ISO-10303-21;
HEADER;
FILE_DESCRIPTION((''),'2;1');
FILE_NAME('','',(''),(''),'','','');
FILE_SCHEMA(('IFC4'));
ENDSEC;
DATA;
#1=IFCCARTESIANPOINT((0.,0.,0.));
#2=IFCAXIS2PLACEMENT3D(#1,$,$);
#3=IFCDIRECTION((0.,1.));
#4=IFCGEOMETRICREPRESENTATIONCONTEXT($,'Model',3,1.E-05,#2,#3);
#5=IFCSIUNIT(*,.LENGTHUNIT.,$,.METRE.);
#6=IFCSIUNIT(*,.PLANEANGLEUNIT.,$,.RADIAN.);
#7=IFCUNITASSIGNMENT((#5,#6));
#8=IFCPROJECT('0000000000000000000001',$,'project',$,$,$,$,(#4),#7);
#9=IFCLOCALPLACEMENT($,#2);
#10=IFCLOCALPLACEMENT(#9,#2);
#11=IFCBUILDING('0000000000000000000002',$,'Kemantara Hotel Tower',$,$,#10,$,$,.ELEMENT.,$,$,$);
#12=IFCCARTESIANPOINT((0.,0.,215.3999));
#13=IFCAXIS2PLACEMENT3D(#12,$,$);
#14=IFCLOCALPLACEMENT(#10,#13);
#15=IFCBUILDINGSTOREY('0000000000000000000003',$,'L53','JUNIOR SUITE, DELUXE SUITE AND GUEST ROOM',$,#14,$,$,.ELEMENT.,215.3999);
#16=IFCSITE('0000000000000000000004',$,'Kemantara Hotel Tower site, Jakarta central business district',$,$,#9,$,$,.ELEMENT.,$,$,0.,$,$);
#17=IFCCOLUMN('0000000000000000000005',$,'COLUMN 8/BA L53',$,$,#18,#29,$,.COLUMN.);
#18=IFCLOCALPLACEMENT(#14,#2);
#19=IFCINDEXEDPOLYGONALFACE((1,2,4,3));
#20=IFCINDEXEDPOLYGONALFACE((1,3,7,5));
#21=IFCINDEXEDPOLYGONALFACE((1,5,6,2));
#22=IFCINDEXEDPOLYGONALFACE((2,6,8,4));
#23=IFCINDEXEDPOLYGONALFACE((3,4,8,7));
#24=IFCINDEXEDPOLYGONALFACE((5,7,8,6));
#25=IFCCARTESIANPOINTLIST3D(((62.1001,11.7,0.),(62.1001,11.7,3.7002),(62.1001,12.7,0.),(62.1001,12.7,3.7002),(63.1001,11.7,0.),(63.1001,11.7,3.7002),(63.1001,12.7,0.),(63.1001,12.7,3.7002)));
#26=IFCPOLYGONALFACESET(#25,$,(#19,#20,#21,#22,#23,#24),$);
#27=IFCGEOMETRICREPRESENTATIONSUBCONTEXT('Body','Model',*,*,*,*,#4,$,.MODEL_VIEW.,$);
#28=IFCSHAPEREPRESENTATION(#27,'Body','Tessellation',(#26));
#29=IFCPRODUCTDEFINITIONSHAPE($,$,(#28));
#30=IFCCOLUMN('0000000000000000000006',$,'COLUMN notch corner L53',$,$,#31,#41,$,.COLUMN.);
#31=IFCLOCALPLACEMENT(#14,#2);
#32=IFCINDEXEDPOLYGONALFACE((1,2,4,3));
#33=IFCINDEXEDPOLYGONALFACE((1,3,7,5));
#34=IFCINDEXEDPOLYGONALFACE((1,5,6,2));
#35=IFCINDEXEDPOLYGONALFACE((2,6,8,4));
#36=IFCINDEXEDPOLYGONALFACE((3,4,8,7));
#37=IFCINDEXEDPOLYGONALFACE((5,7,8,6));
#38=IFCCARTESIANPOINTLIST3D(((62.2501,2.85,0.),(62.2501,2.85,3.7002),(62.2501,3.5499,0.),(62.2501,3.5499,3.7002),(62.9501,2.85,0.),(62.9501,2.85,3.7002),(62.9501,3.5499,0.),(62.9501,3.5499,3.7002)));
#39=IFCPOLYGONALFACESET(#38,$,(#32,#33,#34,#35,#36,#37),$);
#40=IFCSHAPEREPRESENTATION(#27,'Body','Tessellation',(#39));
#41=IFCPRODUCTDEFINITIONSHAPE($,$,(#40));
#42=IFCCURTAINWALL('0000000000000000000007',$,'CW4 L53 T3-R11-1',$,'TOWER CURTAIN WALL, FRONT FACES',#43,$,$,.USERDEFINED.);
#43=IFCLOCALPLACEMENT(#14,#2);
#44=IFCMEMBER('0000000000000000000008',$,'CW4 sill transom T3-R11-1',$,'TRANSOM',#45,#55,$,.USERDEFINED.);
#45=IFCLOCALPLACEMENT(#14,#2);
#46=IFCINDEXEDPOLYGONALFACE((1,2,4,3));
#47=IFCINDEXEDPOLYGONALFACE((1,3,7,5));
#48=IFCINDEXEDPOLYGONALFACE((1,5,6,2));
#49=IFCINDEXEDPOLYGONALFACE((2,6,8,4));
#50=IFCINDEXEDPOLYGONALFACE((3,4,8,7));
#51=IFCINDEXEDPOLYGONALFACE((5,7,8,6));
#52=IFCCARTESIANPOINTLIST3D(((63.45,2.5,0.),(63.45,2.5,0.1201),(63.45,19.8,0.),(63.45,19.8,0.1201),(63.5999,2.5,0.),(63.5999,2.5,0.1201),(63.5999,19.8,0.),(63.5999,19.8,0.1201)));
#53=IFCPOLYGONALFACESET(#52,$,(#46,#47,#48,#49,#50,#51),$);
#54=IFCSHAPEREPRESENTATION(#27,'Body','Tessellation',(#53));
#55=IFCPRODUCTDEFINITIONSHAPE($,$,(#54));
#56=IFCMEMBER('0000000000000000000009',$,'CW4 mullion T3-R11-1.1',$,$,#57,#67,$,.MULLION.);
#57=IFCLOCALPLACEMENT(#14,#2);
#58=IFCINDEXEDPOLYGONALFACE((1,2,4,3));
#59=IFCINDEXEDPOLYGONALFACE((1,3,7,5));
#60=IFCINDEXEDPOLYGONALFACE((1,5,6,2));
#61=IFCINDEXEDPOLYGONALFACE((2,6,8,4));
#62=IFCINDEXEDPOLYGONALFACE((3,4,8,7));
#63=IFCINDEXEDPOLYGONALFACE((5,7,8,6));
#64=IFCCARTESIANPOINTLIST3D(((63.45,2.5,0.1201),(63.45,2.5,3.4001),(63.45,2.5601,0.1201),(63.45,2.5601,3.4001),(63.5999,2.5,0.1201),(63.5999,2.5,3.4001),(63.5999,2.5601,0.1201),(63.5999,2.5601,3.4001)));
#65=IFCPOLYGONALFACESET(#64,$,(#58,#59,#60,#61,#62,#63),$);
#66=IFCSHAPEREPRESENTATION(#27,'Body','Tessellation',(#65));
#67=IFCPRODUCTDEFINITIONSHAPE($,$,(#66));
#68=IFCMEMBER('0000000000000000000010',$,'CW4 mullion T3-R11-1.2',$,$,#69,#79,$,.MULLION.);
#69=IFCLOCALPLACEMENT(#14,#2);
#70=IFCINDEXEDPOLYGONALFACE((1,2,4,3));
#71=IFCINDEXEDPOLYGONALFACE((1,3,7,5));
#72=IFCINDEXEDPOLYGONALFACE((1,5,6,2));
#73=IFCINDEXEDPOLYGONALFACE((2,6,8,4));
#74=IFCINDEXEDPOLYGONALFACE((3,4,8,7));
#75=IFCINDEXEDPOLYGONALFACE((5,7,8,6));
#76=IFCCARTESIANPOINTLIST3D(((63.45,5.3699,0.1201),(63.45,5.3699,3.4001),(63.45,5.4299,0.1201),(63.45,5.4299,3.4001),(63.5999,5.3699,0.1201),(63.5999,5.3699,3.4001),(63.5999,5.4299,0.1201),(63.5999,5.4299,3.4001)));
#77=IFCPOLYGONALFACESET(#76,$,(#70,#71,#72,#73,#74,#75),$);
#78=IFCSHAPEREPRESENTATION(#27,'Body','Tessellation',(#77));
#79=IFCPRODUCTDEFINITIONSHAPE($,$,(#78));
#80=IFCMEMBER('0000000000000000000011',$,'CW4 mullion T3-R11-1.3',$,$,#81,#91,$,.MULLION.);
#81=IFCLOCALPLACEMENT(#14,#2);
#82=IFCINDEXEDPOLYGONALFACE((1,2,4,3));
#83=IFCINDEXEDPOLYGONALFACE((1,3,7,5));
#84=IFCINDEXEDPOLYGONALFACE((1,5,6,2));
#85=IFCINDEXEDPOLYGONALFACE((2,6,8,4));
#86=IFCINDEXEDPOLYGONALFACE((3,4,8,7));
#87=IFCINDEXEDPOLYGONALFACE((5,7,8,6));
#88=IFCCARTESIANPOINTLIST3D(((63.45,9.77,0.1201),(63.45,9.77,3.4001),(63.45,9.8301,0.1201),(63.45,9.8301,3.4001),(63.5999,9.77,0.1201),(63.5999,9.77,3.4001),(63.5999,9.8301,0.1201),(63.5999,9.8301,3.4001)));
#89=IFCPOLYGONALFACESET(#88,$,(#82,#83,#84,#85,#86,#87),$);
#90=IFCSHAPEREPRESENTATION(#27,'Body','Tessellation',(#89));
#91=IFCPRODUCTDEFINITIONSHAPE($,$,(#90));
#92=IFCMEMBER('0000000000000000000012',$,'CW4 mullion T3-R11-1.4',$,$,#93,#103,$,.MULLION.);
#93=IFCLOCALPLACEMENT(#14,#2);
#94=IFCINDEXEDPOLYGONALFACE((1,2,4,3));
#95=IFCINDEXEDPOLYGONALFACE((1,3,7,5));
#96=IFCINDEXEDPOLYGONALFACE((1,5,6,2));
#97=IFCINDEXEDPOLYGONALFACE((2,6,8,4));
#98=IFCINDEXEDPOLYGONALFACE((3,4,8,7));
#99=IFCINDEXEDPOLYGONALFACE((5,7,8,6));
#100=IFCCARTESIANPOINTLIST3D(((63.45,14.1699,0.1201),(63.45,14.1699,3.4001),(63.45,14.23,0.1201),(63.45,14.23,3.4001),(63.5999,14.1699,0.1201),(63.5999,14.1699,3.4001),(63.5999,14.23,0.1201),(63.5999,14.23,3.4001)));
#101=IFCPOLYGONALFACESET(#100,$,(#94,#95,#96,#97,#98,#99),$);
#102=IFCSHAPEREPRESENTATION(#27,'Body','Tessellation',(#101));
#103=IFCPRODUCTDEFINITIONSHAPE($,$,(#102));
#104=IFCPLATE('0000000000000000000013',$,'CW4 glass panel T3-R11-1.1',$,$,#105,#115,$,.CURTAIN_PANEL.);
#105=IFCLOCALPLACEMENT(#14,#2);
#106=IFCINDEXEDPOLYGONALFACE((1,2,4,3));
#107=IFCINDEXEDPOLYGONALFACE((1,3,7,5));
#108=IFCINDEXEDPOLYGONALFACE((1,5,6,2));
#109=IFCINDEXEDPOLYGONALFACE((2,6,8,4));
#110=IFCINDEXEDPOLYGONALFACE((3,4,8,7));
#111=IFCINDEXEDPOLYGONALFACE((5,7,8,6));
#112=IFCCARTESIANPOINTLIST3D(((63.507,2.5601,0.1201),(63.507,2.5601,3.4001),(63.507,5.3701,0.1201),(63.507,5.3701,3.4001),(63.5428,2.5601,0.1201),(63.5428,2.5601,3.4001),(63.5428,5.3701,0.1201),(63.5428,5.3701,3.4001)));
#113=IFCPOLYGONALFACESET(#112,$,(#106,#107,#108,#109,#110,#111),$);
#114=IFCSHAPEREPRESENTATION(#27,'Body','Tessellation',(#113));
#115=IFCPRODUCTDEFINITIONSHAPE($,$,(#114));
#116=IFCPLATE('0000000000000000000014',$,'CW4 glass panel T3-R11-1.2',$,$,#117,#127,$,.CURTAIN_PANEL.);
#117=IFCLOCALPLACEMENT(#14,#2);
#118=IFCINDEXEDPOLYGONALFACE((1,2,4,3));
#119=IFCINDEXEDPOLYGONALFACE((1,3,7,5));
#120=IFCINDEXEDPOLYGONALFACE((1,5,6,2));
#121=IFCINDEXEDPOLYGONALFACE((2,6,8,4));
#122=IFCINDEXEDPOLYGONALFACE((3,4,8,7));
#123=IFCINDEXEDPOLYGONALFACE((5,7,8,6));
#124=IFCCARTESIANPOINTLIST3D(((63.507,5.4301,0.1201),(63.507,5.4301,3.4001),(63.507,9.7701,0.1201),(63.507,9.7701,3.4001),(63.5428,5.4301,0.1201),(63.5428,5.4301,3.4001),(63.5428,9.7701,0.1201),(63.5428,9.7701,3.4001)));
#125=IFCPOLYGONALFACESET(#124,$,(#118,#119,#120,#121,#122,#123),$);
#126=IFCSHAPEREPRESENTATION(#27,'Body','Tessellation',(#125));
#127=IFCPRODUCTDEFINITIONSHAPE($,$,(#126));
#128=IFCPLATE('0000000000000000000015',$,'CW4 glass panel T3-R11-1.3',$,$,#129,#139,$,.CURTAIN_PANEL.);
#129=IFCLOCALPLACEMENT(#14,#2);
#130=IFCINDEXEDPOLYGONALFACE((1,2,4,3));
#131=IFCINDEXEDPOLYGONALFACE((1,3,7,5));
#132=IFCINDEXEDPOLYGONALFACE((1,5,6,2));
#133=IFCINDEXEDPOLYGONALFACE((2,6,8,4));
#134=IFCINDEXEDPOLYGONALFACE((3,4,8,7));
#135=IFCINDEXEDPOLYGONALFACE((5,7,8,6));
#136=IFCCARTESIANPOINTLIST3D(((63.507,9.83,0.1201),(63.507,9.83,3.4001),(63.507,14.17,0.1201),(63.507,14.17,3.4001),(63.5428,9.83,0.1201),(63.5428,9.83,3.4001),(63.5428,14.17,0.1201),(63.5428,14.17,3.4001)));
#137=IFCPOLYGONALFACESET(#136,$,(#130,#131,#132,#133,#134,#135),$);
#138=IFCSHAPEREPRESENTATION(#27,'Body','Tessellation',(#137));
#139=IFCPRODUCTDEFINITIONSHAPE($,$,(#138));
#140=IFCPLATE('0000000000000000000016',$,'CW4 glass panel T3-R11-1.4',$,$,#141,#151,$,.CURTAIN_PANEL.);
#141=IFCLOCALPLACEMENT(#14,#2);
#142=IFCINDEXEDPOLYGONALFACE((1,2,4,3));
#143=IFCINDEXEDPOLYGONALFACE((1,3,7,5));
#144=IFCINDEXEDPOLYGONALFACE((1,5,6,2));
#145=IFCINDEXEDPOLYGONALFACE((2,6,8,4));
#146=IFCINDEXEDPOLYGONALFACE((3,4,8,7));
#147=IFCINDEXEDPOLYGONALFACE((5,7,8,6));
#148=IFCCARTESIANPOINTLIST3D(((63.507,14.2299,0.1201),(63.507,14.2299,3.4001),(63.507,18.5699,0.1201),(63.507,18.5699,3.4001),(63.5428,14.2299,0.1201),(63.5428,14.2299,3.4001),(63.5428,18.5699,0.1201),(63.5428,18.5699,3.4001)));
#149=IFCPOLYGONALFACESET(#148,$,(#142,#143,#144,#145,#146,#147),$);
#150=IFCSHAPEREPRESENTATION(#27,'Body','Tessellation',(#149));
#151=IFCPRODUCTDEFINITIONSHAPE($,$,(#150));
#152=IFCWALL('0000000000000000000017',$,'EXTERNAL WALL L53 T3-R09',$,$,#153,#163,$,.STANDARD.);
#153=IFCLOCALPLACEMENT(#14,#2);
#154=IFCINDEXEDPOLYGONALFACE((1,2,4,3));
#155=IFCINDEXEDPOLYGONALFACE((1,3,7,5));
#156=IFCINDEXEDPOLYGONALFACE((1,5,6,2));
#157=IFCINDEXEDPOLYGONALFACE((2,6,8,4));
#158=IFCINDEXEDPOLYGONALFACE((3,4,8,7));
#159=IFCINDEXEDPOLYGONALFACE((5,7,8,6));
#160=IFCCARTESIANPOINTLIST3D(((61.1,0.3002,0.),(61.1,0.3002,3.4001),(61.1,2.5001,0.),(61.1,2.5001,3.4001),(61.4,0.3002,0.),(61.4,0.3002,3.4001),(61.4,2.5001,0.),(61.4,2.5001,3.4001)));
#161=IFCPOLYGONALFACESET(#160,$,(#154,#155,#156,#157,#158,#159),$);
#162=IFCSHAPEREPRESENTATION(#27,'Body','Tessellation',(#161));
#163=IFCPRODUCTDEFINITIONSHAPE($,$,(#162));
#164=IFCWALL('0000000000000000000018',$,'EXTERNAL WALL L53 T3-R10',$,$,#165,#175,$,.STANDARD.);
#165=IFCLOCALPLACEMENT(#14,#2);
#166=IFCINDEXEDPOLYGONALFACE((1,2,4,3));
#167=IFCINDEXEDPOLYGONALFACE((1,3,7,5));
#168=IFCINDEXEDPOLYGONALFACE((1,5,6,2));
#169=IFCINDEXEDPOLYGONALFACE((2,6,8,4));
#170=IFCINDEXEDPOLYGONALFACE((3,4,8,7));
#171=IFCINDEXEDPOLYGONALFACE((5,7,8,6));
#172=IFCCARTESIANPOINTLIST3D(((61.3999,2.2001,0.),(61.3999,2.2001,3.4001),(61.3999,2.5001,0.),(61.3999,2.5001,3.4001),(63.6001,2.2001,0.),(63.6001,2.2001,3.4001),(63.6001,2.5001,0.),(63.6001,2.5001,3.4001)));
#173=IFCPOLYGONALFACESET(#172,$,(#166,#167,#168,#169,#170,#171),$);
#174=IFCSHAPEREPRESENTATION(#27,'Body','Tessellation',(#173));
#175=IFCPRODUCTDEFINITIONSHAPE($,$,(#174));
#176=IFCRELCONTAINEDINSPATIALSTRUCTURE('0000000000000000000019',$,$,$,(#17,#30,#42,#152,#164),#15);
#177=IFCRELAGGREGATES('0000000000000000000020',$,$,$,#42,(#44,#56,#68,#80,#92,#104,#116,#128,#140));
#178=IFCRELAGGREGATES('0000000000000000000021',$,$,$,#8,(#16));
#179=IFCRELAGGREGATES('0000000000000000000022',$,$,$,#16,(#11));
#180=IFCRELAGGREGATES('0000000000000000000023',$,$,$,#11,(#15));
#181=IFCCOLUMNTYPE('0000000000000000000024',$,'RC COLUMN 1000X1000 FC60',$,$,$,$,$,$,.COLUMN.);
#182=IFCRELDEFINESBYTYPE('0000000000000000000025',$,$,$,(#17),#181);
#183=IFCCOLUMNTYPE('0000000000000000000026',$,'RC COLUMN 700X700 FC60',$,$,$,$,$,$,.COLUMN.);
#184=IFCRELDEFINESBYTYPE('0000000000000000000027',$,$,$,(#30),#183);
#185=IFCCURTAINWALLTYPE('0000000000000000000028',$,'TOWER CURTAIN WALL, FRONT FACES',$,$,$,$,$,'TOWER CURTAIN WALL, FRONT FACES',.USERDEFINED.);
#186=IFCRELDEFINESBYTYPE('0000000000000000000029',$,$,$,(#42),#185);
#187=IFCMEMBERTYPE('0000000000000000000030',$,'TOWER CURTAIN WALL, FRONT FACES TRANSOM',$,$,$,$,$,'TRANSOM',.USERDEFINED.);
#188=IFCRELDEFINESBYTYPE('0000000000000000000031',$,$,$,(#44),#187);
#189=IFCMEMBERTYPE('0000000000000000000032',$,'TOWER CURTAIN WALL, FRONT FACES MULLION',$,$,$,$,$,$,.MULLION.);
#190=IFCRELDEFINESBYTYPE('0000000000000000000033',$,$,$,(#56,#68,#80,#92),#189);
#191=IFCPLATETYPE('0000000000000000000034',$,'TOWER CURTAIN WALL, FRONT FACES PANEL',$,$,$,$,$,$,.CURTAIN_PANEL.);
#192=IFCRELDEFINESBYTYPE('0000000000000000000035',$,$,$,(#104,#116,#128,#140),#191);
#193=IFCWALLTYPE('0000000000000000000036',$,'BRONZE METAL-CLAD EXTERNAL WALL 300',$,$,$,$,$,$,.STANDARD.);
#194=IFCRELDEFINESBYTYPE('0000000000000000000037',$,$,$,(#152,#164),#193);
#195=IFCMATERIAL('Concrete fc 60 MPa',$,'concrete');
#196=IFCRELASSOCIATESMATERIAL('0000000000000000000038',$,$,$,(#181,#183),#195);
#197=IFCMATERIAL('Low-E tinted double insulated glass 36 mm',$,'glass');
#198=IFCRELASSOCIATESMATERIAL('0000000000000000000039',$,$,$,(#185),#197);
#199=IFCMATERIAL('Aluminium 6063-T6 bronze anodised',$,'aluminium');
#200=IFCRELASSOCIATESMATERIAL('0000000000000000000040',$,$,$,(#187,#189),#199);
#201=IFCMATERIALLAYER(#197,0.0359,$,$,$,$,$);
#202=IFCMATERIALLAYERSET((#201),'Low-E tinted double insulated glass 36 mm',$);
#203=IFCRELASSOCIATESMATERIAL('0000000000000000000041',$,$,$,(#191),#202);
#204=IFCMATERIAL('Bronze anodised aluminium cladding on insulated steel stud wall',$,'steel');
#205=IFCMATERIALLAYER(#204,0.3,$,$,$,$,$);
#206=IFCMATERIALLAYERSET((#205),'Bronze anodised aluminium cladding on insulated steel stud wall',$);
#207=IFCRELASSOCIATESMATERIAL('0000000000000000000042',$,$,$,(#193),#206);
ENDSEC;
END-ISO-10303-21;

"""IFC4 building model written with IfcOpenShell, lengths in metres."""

from ifc_helpers import new_model, si_unit, direction, frame, frame_2d, origin, origin_2d, place, context, subcontext, project, spatial, rectangle, extrude, source, transform, mapped, material, layer, layer_set, material_profile, profile_set, type_object, element, aggregate, save


model = new_model("IFC4")

# Units and contexts
model_context = context("Model", 3, precision=1e-05, world=origin(), true_north=direction((0.0, 1.0)))
body_context = subcontext(model_context, "Body", "Model", "MODEL_VIEW")
ifc_project = project(units=[si_unit("LENGTHUNIT", "METRE"), si_unit("PLANEANGLEUNIT", "RADIAN")], contexts=[model_context])

# Site, building, storey
site_placement = place(None, origin())
site = spatial("IfcSite", under=ifc_project, at=site_placement, Name="Kemantara Hotel Tower site, Jakarta central business district", CompositionType="ELEMENT", RefElevation=0.0)
building_placement = place(site_placement, origin())
building = spatial("IfcBuilding", under=site, at=building_placement, Name="Kemantara Hotel Tower", CompositionType="ELEMENT")
storey_placement = place(building_placement, frame((0.0, 0.0, 215.3999)))
storey = spatial("IfcBuildingStorey", under=building, at=storey_placement, Name="L53", Description="JUNIOR SUITE, DELUXE SUITE AND GUEST ROOM", CompositionType="ELEMENT", Elevation=215.3999)

# Columns
ifc_material_1 = material(Name="Concrete fc 60 MPa", Category="concrete")
ifc_material_profile_1 = material_profile(ifc_material_1, rectangle(XDim=1.0, YDim=1.0, at=origin_2d()), Name="RC 1000X1000")
ifc_profile_set_1 = profile_set([ifc_material_profile_1], Name="Concrete fc 60 MPa")
column_type_1 = type_object("IfcColumnType", Name="RC COLUMN 1000X1000 FC60", PredefinedType="COLUMN", material=ifc_profile_set_1)
column_1_placement = place(storey_placement, frame((62.6001, 12.2, 0.0), z_axis=(0.0, 0.0, 1.0), x_axis=(1.0, 0.0, 0.0)))
element("IfcColumn", 1, at=column_1_placement, inside=storey, type_object=column_type_1, Name="COLUMN 8/BA L53", PredefinedType="COLUMN", context=body_context, shape_type="SweptSolid", body=[
    extrude(rectangle(XDim=1.0, YDim=1.0, at=origin_2d()), origin(), (0.0, 0.0, 1.0), 3.7002),
])
ifc_material_profile_2 = material_profile(ifc_material_1, rectangle(XDim=0.7, YDim=0.7, at=origin_2d()), Name="RC 700X700")
ifc_profile_set_2 = profile_set([ifc_material_profile_2], Name="Concrete fc 60 MPa")
column_type_2 = type_object("IfcColumnType", Name="RC COLUMN 700X700 FC60", PredefinedType="COLUMN", material=ifc_profile_set_2)
column_2_placement = place(storey_placement, frame((62.6001, 3.2, 0.0), z_axis=(0.0, 0.0, 1.0), x_axis=(1.0, 0.0, 0.0)))
element("IfcColumn", 2, at=column_2_placement, inside=storey, type_object=column_type_2, Name="COLUMN notch corner L53", PredefinedType="COLUMN", context=body_context, shape_type="SweptSolid", body=[
    extrude(rectangle(XDim=0.7, YDim=0.7, at=origin_2d()), origin(), (0.0, 0.0, 1.0), 3.7002),
])

# Curtain wall, members, plates
ifc_material_2 = material(Name="Low-E tinted double insulated glass 36 mm", Category="glass")
curtain_wall_type = type_object("IfcCurtainWallType", Name="TOWER CURTAIN WALL, FRONT FACES", ElementType="TOWER CURTAIN WALL, FRONT FACES", PredefinedType="USERDEFINED", material=ifc_material_2)
curtain_wall_placement = place(storey_placement, origin())
curtain_wall = element("IfcCurtainWall", 3, at=curtain_wall_placement, inside=storey, type_object=curtain_wall_type, Name="CW4 L53 T3-R11-1", ObjectType="TOWER CURTAIN WALL, FRONT FACES", PredefinedType="USERDEFINED")
ifc_material_3 = material(Name="Aluminium 6063-T6 bronze anodised", Category="aluminium")
ifc_material_profile_3 = material_profile(ifc_material_3, rectangle(XDim=0.1499, YDim=0.1201, at=origin_2d()), Name="TOWER CURTAIN WALL, FRONT FACES TRANSOM")
ifc_profile_set_3 = profile_set([ifc_material_profile_3], Name="Aluminium 6063-T6 bronze anodised")
member_type_1 = type_object("IfcMemberType", Name="TOWER CURTAIN WALL, FRONT FACES TRANSOM", ElementType="TRANSOM", PredefinedType="USERDEFINED", material=ifc_profile_set_3)
member_1_placement = place(storey_placement, frame((63.5249, 2.5, 0.0601), z_axis=(0.0, 1.0, 0.0), x_axis=(-1.0, 0.0, 0.0)))
member_1 = element("IfcMember", 4, at=member_1_placement, type_object=member_type_1, Name="CW4 sill transom T3-R11-1", ObjectType="TRANSOM", PredefinedType="USERDEFINED", context=body_context, shape_type="SweptSolid", body=[
    extrude(rectangle(XDim=0.1499, YDim=0.1201, at=origin_2d()), origin(), (0.0, 0.0, 1.0), 17.3),
])
ifc_material_profile_4 = material_profile(ifc_material_3, rectangle(XDim=0.1499, YDim=0.0601, at=origin_2d()), Name="TOWER CURTAIN WALL, FRONT FACES MULLION")
ifc_profile_set_4 = profile_set([ifc_material_profile_4], Name="Aluminium 6063-T6 bronze anodised")
member_type_2 = type_object("IfcMemberType", Name="TOWER CURTAIN WALL, FRONT FACES MULLION", PredefinedType="MULLION", material=ifc_profile_set_4)
shared_shape_1 = source(origin(), body_context, "Body", "SweptSolid", [
    extrude(rectangle(XDim=0.1499, YDim=0.0601, at=origin_2d()), origin(), (0.0, 0.0, 1.0), 3.28),
])
member_2_placement = place(storey_placement, frame((63.5249, 2.53, 0.1201), z_axis=(0.0, 0.0, 1.0), x_axis=(-1.0, 0.0, 0.0)))
member_2 = element("IfcMember", 5, at=member_2_placement, type_object=member_type_2, Name="CW4 mullion T3-R11-1.1", PredefinedType="MULLION", context=body_context, shape_type="MappedRepresentation", body=[
    mapped(shared_shape_1, transform((0.0, 0.0, 0.0))),
])
member_3_placement = place(storey_placement, frame((63.5249, 5.3999, 0.1201), z_axis=(0.0, 0.0, 1.0), x_axis=(-1.0, 0.0, 0.0)))
member_3 = element("IfcMember", 6, at=member_3_placement, type_object=member_type_2, Name="CW4 mullion T3-R11-1.2", PredefinedType="MULLION", context=body_context, shape_type="MappedRepresentation", body=[
    mapped(shared_shape_1, transform((0.0, 0.0, 0.0))),
])
member_4_placement = place(storey_placement, frame((63.5249, 9.8, 0.1201), z_axis=(0.0, 0.0, 1.0), x_axis=(-1.0, 0.0, 0.0)))
member_4 = element("IfcMember", 7, at=member_4_placement, type_object=member_type_2, Name="CW4 mullion T3-R11-1.3", PredefinedType="MULLION", context=body_context, shape_type="MappedRepresentation", body=[
    mapped(shared_shape_1, transform((0.0, 0.0, 0.0))),
])
member_5_placement = place(storey_placement, frame((63.5249, 14.2, 0.1201), z_axis=(0.0, 0.0, 1.0), x_axis=(-1.0, 0.0, 0.0)))
member_5 = element("IfcMember", 8, at=member_5_placement, type_object=member_type_2, Name="CW4 mullion T3-R11-1.4", PredefinedType="MULLION", context=body_context, shape_type="MappedRepresentation", body=[
    mapped(shared_shape_1, transform((0.0, 0.0, 0.0))),
])
ifc_layer_1 = layer(ifc_material_2, 0.0359)
ifc_layer_set_1 = layer_set([ifc_layer_1], Name="Low-E tinted double insulated glass 36 mm")
plate_type = type_object("IfcPlateType", Name="TOWER CURTAIN WALL, FRONT FACES PANEL", PredefinedType="CURTAIN_PANEL", material=ifc_layer_set_1)
shared_shape_2 = source(origin(), body_context, "Body", "SweptSolid", [
    extrude(rectangle(XDim=2.8101, YDim=0.0359, at=origin_2d()), origin(), (0.0, 0.0, 1.0), 3.28),
])
plate_1_placement = place(storey_placement, frame((63.5249, 3.9651, 0.1201), z_axis=(0.0, 0.0, 1.0), x_axis=(0.0, 1.0, 0.0)))
plate_1 = element("IfcPlate", 9, at=plate_1_placement, type_object=plate_type, Name="CW4 glass panel T3-R11-1.1", PredefinedType="CURTAIN_PANEL", context=body_context, shape_type="MappedRepresentation", body=[
    mapped(shared_shape_2, transform((0.0, 0.0, 0.0))),
])
shared_shape_3 = source(origin(), body_context, "Body", "SweptSolid", [
    extrude(rectangle(XDim=4.3401, YDim=0.0359, at=origin_2d()), origin(), (0.0, 0.0, 1.0), 3.28),
])
plate_2_placement = place(storey_placement, frame((63.5249, 7.6001, 0.1201), z_axis=(0.0, 0.0, 1.0), x_axis=(0.0, 1.0, 0.0)))
plate_2 = element("IfcPlate", 10, at=plate_2_placement, type_object=plate_type, Name="CW4 glass panel T3-R11-1.2", PredefinedType="CURTAIN_PANEL", context=body_context, shape_type="MappedRepresentation", body=[
    mapped(shared_shape_3, transform((0.0, 0.0, 0.0))),
])
plate_3_placement = place(storey_placement, frame((63.5249, 12.0, 0.1201), z_axis=(0.0, 0.0, 1.0), x_axis=(0.0, 1.0, 0.0)))
plate_3 = element("IfcPlate", 11, at=plate_3_placement, type_object=plate_type, Name="CW4 glass panel T3-R11-1.3", PredefinedType="CURTAIN_PANEL", context=body_context, shape_type="MappedRepresentation", body=[
    mapped(shared_shape_3, transform((0.0, 0.0, 0.0))),
])
plate_4_placement = place(storey_placement, frame((63.5249, 16.3999, 0.1201), z_axis=(0.0, 0.0, 1.0), x_axis=(0.0, 1.0, 0.0)))
plate_4 = element("IfcPlate", 12, at=plate_4_placement, type_object=plate_type, Name="CW4 glass panel T3-R11-1.4", PredefinedType="CURTAIN_PANEL", context=body_context, shape_type="MappedRepresentation", body=[
    mapped(shared_shape_3, transform((0.0, 0.0, 0.0))),
])
aggregate(curtain_wall, [member_1, member_2, member_3, member_4, member_5, plate_1, plate_2, plate_3, plate_4])

# Walls
ifc_material_4 = material(Name="Bronze anodised aluminium cladding on insulated steel stud wall", Category="steel")
ifc_layer_2 = layer(ifc_material_4, 0.3)
ifc_layer_set_2 = layer_set([ifc_layer_2], Name="Bronze anodised aluminium cladding on insulated steel stud wall")
wall_type_1 = type_object("IfcWallType", Name="BRONZE METAL-CLAD EXTERNAL WALL 300", PredefinedType="STANDARD", material=ifc_layer_set_2)
wall_1_placement = place(storey_placement, frame((61.25, 0.3, 0.0), z_axis=(0.0, 0.0, 1.0), x_axis=(0.0, 1.0, 0.0)))
element("IfcWall", 13, at=wall_1_placement, inside=storey, type_object=wall_type_1, Name="EXTERNAL WALL L53 T3-R09", PredefinedType="STANDARD", context=body_context, shape_type="SweptSolid", body=[
    extrude(rectangle(XDim=2.2, YDim=0.3, at=frame_2d((1.1001, 0.0))), origin(), (0.0, 0.0, 1.0), 3.4001),
])
wall_2_placement = place(storey_placement, frame((61.3999, 2.3501, 0.0), z_axis=(0.0, 0.0, 1.0), x_axis=(1.0, 0.0, 0.0)))
element("IfcWall", 14, at=wall_2_placement, inside=storey, type_object=wall_type_1, Name="EXTERNAL WALL L53 T3-R10", PredefinedType="STANDARD", context=body_context, shape_type="SweptSolid", body=[
    extrude(rectangle(XDim=2.2002, YDim=0.3, at=frame_2d((1.1001, 0.0))), origin(), (0.0, 0.0, 1.0), 3.4001),
])

save(model, "model.ifc")
